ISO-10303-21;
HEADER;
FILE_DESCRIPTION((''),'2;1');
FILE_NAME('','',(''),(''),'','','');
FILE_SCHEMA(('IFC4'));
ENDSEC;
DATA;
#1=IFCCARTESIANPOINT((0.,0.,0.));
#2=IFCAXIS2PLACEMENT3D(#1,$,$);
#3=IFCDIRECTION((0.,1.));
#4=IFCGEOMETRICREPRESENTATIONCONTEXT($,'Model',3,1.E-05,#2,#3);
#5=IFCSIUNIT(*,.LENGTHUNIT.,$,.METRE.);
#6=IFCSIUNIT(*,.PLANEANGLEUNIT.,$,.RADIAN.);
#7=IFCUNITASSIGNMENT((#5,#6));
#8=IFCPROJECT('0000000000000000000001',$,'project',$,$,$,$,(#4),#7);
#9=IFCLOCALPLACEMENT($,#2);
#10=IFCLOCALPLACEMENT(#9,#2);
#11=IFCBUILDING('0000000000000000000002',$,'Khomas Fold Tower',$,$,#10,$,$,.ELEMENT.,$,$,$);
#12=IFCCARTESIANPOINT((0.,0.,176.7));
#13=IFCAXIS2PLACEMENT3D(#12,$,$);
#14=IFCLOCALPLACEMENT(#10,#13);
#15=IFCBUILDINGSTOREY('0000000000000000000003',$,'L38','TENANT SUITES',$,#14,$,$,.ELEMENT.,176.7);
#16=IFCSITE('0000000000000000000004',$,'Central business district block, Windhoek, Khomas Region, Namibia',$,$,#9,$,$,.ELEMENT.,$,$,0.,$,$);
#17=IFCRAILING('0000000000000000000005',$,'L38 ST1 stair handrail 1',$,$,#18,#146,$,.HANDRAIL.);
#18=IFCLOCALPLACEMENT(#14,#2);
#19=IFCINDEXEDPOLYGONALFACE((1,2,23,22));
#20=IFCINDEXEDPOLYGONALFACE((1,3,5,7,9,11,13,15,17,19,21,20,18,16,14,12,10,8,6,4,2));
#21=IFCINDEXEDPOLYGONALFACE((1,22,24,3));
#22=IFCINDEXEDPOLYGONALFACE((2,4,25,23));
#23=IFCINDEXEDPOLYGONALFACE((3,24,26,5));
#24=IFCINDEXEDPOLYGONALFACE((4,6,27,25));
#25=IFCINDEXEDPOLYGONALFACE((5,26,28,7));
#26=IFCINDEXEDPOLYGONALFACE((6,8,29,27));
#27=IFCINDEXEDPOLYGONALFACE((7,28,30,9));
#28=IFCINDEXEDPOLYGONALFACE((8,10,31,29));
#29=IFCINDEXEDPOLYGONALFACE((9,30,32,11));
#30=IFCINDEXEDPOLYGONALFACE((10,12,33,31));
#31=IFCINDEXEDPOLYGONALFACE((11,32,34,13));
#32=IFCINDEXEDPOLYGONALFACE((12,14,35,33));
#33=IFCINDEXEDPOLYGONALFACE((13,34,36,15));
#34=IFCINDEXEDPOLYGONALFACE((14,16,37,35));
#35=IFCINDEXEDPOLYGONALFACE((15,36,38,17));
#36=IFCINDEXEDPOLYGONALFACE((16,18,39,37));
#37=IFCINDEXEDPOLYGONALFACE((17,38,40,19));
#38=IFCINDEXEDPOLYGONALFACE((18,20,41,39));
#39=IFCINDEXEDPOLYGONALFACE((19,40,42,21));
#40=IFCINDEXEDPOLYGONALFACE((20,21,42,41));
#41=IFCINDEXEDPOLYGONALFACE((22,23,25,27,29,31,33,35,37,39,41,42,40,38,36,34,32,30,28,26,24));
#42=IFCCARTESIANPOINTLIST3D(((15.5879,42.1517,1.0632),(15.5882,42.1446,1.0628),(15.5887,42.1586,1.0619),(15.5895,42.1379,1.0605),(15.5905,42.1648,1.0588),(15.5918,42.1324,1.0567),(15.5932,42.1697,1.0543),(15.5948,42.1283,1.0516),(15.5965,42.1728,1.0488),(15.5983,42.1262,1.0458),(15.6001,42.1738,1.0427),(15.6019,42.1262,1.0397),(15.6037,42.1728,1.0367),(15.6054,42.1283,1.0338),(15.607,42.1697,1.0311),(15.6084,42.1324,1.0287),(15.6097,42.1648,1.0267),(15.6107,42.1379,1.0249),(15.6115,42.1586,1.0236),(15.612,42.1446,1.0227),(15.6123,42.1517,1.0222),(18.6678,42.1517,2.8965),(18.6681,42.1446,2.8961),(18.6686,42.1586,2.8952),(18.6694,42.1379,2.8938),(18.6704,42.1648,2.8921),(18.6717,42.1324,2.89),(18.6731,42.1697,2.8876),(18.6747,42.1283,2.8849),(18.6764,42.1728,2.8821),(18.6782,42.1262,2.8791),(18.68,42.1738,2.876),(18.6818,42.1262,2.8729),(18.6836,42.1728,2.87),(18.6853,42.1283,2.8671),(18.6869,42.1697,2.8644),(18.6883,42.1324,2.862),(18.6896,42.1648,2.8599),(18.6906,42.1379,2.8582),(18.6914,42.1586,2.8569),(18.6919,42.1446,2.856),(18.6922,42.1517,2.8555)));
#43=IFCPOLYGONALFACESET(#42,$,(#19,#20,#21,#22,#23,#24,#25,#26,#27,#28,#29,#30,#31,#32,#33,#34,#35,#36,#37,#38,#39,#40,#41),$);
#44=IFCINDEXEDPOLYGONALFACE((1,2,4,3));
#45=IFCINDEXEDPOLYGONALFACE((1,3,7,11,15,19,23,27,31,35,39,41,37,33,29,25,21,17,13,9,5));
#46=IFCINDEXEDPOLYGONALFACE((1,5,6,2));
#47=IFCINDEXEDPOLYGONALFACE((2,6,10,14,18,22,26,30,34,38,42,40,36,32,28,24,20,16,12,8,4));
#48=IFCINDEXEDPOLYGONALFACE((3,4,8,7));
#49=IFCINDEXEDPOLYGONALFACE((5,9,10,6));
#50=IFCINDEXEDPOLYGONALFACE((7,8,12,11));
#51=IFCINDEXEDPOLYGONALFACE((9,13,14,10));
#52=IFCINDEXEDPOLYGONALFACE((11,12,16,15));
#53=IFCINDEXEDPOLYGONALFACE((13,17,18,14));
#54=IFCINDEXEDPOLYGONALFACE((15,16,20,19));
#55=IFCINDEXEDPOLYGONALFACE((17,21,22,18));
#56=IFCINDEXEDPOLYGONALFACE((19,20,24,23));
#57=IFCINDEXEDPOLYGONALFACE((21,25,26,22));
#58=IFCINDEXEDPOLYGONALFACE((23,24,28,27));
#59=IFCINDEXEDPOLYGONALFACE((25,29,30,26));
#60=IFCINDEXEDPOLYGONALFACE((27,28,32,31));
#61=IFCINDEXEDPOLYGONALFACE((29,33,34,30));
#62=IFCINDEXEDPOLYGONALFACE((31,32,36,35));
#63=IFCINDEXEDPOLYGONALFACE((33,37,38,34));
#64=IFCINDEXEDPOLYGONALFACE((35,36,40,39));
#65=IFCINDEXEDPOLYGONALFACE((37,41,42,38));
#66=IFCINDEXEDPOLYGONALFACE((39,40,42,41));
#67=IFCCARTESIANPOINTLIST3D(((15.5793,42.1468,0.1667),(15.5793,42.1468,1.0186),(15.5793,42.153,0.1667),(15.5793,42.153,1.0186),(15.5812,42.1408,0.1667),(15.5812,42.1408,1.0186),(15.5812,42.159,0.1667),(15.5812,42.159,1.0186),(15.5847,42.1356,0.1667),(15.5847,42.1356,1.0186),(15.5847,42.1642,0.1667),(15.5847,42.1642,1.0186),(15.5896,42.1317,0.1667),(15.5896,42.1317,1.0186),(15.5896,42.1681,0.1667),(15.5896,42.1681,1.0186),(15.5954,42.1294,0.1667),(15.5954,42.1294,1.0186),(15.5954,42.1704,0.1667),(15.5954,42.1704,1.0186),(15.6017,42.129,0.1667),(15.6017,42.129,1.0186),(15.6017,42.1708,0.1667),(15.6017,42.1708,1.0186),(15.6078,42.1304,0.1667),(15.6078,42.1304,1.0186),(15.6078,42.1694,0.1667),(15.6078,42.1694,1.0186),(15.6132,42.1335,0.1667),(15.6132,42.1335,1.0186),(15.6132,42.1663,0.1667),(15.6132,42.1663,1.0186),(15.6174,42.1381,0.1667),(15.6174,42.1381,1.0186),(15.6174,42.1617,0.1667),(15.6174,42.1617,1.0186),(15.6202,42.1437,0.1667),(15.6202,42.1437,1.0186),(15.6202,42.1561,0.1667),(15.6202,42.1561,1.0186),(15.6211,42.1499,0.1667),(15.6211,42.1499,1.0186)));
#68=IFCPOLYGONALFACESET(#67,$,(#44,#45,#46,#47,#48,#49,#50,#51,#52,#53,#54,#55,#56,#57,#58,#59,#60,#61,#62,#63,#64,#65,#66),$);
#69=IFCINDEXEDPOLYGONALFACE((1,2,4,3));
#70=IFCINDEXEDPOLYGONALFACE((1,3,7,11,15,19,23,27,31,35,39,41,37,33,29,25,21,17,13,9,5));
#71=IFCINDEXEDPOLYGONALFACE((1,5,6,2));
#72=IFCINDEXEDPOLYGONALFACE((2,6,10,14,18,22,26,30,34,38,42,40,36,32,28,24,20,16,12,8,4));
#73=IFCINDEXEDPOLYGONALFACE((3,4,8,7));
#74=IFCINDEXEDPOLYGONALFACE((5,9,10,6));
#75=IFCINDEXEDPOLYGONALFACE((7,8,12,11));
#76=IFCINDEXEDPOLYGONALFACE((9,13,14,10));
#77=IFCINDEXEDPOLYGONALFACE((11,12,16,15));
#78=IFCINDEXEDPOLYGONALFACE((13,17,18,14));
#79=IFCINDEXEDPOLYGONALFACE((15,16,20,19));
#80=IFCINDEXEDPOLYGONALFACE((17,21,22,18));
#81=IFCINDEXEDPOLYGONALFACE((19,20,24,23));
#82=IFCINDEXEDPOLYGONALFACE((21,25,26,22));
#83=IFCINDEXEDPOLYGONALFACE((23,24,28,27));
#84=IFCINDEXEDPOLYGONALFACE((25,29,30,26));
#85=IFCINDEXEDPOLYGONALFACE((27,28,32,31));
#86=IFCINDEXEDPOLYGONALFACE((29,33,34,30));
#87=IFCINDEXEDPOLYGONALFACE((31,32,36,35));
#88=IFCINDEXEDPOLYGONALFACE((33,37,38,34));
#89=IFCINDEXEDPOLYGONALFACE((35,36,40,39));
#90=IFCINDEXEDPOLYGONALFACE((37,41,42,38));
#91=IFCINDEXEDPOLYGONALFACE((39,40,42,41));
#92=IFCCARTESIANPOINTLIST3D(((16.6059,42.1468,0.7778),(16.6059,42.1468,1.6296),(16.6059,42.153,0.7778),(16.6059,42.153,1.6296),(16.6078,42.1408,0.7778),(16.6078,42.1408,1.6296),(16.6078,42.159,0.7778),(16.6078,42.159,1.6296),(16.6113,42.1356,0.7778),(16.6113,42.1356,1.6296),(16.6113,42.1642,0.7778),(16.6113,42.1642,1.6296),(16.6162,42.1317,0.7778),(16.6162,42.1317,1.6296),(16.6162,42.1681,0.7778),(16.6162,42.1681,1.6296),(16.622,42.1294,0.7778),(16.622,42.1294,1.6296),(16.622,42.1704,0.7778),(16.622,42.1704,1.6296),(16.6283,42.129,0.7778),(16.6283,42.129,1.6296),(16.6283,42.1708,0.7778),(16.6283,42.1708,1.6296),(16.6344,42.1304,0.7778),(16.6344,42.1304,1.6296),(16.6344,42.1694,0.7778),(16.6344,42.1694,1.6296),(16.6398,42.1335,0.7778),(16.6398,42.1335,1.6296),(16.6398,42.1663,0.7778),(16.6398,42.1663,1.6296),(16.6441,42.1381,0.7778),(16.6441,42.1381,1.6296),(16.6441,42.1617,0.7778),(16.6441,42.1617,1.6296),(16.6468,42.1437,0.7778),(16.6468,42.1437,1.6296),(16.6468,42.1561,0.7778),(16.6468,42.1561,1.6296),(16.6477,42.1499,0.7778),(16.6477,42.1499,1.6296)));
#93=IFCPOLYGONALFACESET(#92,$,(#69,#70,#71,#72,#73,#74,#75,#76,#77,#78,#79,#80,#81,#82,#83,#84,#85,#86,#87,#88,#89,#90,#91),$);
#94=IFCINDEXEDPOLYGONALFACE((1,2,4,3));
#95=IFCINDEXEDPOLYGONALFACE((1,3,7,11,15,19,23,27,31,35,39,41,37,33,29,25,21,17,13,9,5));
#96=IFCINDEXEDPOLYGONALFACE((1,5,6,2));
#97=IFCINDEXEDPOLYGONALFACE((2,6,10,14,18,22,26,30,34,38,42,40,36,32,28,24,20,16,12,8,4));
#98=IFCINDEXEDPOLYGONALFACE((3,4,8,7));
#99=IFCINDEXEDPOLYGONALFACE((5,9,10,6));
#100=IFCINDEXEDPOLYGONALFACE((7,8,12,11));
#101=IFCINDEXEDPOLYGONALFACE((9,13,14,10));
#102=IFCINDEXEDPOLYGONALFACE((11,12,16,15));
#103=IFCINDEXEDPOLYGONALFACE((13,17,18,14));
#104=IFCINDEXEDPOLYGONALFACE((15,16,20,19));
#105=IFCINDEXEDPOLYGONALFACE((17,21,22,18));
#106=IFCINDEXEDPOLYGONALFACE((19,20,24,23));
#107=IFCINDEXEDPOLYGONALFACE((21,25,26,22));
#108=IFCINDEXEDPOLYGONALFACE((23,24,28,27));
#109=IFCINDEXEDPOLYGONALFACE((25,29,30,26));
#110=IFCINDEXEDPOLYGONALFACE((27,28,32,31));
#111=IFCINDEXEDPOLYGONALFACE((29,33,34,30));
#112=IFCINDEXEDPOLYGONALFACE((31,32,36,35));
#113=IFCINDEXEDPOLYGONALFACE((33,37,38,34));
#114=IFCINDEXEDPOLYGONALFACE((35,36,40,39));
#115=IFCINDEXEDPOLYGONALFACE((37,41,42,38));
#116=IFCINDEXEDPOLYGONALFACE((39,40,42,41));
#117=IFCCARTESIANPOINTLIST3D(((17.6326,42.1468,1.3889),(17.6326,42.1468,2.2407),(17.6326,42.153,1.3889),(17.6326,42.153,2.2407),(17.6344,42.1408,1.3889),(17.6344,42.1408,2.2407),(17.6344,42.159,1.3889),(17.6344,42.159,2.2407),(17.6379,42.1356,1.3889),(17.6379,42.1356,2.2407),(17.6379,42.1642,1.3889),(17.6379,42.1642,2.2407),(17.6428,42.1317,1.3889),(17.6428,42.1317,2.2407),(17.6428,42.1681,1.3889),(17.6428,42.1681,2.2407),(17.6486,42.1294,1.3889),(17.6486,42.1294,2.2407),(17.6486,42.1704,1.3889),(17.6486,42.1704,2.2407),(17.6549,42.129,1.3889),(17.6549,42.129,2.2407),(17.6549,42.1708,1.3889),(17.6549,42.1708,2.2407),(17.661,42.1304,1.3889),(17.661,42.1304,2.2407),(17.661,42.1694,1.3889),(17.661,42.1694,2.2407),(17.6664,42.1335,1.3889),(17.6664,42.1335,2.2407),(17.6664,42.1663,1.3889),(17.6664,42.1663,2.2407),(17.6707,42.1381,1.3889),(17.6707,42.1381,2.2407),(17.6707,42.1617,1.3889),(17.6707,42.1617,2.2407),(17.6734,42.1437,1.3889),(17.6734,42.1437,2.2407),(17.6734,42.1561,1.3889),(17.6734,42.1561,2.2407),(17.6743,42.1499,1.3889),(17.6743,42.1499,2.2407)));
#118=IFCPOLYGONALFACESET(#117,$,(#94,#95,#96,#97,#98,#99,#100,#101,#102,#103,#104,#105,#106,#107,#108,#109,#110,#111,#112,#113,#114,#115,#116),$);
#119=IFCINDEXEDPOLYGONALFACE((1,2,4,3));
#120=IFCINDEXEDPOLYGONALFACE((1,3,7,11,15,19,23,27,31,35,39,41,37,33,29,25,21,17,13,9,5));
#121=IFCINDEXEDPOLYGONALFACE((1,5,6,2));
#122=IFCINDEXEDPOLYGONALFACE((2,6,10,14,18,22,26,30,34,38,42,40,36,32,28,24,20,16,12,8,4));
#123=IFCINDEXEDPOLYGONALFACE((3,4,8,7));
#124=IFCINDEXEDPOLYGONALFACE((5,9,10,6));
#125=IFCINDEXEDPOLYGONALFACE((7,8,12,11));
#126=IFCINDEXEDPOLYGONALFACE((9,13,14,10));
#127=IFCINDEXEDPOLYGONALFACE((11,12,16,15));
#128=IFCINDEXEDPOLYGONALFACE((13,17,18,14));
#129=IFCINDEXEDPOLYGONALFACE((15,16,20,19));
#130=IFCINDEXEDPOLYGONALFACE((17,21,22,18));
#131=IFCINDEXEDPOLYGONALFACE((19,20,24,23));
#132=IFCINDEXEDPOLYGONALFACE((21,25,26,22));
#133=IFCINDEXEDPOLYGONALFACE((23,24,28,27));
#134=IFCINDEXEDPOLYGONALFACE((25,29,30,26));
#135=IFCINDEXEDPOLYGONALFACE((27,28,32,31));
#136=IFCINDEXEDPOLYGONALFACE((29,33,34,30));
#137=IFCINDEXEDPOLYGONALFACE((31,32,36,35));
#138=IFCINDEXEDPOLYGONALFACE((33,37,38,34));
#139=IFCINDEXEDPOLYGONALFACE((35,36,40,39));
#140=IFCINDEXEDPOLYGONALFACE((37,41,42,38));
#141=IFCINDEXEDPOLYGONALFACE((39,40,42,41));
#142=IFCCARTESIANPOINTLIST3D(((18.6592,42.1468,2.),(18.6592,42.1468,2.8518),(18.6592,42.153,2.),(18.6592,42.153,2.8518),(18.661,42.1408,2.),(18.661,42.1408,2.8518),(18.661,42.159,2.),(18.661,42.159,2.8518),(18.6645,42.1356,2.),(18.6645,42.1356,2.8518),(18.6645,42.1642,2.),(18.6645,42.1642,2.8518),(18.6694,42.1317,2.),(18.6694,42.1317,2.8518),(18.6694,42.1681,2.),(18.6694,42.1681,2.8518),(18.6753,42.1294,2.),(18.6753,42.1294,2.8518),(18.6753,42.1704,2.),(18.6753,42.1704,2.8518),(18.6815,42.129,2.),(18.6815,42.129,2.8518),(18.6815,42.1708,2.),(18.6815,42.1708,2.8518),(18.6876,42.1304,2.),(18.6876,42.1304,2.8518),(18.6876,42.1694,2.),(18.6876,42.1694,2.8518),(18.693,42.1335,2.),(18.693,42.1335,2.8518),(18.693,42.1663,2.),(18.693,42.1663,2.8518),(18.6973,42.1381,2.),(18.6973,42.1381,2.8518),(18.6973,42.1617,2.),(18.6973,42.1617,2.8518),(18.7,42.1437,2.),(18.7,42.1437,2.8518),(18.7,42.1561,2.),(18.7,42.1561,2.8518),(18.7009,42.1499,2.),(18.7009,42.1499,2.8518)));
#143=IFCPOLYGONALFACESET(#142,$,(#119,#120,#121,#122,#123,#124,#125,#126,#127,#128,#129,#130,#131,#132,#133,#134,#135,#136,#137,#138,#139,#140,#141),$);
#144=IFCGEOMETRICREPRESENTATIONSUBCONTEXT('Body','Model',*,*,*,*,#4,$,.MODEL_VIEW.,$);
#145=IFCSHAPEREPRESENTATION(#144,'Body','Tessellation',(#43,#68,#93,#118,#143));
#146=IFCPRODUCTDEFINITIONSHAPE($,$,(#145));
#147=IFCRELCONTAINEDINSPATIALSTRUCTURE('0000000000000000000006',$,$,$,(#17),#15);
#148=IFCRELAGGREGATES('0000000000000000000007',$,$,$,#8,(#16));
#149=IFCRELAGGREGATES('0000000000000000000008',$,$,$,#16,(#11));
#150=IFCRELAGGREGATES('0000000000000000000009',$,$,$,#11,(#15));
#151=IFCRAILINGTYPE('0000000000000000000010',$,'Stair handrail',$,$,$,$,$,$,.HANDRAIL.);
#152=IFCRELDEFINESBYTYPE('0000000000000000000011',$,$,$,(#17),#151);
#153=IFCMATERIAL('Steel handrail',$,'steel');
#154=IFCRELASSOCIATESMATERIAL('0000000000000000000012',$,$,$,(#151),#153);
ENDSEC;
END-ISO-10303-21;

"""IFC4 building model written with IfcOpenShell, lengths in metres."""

from ifc_helpers import new_model, si_unit, direction, frame, origin, origin_2d, place, context, subcontext, project, spatial, circle, extrude, source, transform, mapped, material, type_object, element, save


model = new_model("IFC4")

# Units and contexts
model_context = context("Model", 3, precision=1e-05, world=origin(), true_north=direction((0.0, 1.0)))
body_context = subcontext(model_context, "Body", "Model", "MODEL_VIEW")
ifc_project = project(units=[si_unit("LENGTHUNIT", "METRE"), si_unit("PLANEANGLEUNIT", "RADIAN")], contexts=[model_context])

# Site, building, storey
site_placement = place(None, origin())
site = spatial("IfcSite", under=ifc_project, at=site_placement, Name="Central business district block, Windhoek, Khomas Region, Namibia", CompositionType="ELEMENT", RefElevation=0.0)
building_placement = place(site_placement, origin())
building = spatial("IfcBuilding", under=site, at=building_placement, Name="Khomas Fold Tower", CompositionType="ELEMENT")
storey_placement = place(building_placement, frame((0.0, 0.0, 176.7)))
storey = spatial("IfcBuildingStorey", under=building, at=storey_placement, Name="L38", Description="TENANT SUITES", CompositionType="ELEMENT", Elevation=176.7)

# Railing
ifc_material_1 = material(Name="Steel handrail", Category="steel")
railing_type_1 = type_object("IfcRailingType", Name="Stair handrail", PredefinedType="HANDRAIL", material=ifc_material_1)
shared_shape_1 = source(origin(), body_context, "Body", "SweptSolid", [
    extrude(circle(Radius=0.0239, at=origin_2d()), frame((0.0, 0.0, 0.876), z_axis=(0.859291, 0.0, 0.511487), x_axis=(0.0, 1.0, 0.0)), (0.0, 0.0, 1.0), 3.5842),
    extrude(circle(Radius=0.021, at=origin_2d()), origin(), (0.0, 0.0, 1.0), 0.8518),
    extrude(circle(Radius=0.021, at=origin_2d()), frame((1.0266, 0.0, 0.6111)), (0.0, 0.0, 1.0), 0.8518),
    extrude(circle(Radius=0.021, at=origin_2d()), frame((2.0532, 0.0, 1.2222)), (0.0, 0.0, 1.0), 0.8518),
    extrude(circle(Radius=0.021, at=origin_2d()), frame((3.0798, 0.0, 1.8333)), (0.0, 0.0, 1.0), 0.8518),
])
railing_1_placement = place(storey_placement, frame((15.6001, 42.1499, 0.1667)))
element("IfcRailing", 1, at=railing_1_placement, inside=storey, type_object=railing_type_1, Name="L38 ST1 stair handrail 1", PredefinedType="HANDRAIL", context=body_context, shape_type="MappedRepresentation", body=[
    mapped(shared_shape_1, transform((0.0, 0.0, 0.0))),
])

save(model, "model.ifc")
